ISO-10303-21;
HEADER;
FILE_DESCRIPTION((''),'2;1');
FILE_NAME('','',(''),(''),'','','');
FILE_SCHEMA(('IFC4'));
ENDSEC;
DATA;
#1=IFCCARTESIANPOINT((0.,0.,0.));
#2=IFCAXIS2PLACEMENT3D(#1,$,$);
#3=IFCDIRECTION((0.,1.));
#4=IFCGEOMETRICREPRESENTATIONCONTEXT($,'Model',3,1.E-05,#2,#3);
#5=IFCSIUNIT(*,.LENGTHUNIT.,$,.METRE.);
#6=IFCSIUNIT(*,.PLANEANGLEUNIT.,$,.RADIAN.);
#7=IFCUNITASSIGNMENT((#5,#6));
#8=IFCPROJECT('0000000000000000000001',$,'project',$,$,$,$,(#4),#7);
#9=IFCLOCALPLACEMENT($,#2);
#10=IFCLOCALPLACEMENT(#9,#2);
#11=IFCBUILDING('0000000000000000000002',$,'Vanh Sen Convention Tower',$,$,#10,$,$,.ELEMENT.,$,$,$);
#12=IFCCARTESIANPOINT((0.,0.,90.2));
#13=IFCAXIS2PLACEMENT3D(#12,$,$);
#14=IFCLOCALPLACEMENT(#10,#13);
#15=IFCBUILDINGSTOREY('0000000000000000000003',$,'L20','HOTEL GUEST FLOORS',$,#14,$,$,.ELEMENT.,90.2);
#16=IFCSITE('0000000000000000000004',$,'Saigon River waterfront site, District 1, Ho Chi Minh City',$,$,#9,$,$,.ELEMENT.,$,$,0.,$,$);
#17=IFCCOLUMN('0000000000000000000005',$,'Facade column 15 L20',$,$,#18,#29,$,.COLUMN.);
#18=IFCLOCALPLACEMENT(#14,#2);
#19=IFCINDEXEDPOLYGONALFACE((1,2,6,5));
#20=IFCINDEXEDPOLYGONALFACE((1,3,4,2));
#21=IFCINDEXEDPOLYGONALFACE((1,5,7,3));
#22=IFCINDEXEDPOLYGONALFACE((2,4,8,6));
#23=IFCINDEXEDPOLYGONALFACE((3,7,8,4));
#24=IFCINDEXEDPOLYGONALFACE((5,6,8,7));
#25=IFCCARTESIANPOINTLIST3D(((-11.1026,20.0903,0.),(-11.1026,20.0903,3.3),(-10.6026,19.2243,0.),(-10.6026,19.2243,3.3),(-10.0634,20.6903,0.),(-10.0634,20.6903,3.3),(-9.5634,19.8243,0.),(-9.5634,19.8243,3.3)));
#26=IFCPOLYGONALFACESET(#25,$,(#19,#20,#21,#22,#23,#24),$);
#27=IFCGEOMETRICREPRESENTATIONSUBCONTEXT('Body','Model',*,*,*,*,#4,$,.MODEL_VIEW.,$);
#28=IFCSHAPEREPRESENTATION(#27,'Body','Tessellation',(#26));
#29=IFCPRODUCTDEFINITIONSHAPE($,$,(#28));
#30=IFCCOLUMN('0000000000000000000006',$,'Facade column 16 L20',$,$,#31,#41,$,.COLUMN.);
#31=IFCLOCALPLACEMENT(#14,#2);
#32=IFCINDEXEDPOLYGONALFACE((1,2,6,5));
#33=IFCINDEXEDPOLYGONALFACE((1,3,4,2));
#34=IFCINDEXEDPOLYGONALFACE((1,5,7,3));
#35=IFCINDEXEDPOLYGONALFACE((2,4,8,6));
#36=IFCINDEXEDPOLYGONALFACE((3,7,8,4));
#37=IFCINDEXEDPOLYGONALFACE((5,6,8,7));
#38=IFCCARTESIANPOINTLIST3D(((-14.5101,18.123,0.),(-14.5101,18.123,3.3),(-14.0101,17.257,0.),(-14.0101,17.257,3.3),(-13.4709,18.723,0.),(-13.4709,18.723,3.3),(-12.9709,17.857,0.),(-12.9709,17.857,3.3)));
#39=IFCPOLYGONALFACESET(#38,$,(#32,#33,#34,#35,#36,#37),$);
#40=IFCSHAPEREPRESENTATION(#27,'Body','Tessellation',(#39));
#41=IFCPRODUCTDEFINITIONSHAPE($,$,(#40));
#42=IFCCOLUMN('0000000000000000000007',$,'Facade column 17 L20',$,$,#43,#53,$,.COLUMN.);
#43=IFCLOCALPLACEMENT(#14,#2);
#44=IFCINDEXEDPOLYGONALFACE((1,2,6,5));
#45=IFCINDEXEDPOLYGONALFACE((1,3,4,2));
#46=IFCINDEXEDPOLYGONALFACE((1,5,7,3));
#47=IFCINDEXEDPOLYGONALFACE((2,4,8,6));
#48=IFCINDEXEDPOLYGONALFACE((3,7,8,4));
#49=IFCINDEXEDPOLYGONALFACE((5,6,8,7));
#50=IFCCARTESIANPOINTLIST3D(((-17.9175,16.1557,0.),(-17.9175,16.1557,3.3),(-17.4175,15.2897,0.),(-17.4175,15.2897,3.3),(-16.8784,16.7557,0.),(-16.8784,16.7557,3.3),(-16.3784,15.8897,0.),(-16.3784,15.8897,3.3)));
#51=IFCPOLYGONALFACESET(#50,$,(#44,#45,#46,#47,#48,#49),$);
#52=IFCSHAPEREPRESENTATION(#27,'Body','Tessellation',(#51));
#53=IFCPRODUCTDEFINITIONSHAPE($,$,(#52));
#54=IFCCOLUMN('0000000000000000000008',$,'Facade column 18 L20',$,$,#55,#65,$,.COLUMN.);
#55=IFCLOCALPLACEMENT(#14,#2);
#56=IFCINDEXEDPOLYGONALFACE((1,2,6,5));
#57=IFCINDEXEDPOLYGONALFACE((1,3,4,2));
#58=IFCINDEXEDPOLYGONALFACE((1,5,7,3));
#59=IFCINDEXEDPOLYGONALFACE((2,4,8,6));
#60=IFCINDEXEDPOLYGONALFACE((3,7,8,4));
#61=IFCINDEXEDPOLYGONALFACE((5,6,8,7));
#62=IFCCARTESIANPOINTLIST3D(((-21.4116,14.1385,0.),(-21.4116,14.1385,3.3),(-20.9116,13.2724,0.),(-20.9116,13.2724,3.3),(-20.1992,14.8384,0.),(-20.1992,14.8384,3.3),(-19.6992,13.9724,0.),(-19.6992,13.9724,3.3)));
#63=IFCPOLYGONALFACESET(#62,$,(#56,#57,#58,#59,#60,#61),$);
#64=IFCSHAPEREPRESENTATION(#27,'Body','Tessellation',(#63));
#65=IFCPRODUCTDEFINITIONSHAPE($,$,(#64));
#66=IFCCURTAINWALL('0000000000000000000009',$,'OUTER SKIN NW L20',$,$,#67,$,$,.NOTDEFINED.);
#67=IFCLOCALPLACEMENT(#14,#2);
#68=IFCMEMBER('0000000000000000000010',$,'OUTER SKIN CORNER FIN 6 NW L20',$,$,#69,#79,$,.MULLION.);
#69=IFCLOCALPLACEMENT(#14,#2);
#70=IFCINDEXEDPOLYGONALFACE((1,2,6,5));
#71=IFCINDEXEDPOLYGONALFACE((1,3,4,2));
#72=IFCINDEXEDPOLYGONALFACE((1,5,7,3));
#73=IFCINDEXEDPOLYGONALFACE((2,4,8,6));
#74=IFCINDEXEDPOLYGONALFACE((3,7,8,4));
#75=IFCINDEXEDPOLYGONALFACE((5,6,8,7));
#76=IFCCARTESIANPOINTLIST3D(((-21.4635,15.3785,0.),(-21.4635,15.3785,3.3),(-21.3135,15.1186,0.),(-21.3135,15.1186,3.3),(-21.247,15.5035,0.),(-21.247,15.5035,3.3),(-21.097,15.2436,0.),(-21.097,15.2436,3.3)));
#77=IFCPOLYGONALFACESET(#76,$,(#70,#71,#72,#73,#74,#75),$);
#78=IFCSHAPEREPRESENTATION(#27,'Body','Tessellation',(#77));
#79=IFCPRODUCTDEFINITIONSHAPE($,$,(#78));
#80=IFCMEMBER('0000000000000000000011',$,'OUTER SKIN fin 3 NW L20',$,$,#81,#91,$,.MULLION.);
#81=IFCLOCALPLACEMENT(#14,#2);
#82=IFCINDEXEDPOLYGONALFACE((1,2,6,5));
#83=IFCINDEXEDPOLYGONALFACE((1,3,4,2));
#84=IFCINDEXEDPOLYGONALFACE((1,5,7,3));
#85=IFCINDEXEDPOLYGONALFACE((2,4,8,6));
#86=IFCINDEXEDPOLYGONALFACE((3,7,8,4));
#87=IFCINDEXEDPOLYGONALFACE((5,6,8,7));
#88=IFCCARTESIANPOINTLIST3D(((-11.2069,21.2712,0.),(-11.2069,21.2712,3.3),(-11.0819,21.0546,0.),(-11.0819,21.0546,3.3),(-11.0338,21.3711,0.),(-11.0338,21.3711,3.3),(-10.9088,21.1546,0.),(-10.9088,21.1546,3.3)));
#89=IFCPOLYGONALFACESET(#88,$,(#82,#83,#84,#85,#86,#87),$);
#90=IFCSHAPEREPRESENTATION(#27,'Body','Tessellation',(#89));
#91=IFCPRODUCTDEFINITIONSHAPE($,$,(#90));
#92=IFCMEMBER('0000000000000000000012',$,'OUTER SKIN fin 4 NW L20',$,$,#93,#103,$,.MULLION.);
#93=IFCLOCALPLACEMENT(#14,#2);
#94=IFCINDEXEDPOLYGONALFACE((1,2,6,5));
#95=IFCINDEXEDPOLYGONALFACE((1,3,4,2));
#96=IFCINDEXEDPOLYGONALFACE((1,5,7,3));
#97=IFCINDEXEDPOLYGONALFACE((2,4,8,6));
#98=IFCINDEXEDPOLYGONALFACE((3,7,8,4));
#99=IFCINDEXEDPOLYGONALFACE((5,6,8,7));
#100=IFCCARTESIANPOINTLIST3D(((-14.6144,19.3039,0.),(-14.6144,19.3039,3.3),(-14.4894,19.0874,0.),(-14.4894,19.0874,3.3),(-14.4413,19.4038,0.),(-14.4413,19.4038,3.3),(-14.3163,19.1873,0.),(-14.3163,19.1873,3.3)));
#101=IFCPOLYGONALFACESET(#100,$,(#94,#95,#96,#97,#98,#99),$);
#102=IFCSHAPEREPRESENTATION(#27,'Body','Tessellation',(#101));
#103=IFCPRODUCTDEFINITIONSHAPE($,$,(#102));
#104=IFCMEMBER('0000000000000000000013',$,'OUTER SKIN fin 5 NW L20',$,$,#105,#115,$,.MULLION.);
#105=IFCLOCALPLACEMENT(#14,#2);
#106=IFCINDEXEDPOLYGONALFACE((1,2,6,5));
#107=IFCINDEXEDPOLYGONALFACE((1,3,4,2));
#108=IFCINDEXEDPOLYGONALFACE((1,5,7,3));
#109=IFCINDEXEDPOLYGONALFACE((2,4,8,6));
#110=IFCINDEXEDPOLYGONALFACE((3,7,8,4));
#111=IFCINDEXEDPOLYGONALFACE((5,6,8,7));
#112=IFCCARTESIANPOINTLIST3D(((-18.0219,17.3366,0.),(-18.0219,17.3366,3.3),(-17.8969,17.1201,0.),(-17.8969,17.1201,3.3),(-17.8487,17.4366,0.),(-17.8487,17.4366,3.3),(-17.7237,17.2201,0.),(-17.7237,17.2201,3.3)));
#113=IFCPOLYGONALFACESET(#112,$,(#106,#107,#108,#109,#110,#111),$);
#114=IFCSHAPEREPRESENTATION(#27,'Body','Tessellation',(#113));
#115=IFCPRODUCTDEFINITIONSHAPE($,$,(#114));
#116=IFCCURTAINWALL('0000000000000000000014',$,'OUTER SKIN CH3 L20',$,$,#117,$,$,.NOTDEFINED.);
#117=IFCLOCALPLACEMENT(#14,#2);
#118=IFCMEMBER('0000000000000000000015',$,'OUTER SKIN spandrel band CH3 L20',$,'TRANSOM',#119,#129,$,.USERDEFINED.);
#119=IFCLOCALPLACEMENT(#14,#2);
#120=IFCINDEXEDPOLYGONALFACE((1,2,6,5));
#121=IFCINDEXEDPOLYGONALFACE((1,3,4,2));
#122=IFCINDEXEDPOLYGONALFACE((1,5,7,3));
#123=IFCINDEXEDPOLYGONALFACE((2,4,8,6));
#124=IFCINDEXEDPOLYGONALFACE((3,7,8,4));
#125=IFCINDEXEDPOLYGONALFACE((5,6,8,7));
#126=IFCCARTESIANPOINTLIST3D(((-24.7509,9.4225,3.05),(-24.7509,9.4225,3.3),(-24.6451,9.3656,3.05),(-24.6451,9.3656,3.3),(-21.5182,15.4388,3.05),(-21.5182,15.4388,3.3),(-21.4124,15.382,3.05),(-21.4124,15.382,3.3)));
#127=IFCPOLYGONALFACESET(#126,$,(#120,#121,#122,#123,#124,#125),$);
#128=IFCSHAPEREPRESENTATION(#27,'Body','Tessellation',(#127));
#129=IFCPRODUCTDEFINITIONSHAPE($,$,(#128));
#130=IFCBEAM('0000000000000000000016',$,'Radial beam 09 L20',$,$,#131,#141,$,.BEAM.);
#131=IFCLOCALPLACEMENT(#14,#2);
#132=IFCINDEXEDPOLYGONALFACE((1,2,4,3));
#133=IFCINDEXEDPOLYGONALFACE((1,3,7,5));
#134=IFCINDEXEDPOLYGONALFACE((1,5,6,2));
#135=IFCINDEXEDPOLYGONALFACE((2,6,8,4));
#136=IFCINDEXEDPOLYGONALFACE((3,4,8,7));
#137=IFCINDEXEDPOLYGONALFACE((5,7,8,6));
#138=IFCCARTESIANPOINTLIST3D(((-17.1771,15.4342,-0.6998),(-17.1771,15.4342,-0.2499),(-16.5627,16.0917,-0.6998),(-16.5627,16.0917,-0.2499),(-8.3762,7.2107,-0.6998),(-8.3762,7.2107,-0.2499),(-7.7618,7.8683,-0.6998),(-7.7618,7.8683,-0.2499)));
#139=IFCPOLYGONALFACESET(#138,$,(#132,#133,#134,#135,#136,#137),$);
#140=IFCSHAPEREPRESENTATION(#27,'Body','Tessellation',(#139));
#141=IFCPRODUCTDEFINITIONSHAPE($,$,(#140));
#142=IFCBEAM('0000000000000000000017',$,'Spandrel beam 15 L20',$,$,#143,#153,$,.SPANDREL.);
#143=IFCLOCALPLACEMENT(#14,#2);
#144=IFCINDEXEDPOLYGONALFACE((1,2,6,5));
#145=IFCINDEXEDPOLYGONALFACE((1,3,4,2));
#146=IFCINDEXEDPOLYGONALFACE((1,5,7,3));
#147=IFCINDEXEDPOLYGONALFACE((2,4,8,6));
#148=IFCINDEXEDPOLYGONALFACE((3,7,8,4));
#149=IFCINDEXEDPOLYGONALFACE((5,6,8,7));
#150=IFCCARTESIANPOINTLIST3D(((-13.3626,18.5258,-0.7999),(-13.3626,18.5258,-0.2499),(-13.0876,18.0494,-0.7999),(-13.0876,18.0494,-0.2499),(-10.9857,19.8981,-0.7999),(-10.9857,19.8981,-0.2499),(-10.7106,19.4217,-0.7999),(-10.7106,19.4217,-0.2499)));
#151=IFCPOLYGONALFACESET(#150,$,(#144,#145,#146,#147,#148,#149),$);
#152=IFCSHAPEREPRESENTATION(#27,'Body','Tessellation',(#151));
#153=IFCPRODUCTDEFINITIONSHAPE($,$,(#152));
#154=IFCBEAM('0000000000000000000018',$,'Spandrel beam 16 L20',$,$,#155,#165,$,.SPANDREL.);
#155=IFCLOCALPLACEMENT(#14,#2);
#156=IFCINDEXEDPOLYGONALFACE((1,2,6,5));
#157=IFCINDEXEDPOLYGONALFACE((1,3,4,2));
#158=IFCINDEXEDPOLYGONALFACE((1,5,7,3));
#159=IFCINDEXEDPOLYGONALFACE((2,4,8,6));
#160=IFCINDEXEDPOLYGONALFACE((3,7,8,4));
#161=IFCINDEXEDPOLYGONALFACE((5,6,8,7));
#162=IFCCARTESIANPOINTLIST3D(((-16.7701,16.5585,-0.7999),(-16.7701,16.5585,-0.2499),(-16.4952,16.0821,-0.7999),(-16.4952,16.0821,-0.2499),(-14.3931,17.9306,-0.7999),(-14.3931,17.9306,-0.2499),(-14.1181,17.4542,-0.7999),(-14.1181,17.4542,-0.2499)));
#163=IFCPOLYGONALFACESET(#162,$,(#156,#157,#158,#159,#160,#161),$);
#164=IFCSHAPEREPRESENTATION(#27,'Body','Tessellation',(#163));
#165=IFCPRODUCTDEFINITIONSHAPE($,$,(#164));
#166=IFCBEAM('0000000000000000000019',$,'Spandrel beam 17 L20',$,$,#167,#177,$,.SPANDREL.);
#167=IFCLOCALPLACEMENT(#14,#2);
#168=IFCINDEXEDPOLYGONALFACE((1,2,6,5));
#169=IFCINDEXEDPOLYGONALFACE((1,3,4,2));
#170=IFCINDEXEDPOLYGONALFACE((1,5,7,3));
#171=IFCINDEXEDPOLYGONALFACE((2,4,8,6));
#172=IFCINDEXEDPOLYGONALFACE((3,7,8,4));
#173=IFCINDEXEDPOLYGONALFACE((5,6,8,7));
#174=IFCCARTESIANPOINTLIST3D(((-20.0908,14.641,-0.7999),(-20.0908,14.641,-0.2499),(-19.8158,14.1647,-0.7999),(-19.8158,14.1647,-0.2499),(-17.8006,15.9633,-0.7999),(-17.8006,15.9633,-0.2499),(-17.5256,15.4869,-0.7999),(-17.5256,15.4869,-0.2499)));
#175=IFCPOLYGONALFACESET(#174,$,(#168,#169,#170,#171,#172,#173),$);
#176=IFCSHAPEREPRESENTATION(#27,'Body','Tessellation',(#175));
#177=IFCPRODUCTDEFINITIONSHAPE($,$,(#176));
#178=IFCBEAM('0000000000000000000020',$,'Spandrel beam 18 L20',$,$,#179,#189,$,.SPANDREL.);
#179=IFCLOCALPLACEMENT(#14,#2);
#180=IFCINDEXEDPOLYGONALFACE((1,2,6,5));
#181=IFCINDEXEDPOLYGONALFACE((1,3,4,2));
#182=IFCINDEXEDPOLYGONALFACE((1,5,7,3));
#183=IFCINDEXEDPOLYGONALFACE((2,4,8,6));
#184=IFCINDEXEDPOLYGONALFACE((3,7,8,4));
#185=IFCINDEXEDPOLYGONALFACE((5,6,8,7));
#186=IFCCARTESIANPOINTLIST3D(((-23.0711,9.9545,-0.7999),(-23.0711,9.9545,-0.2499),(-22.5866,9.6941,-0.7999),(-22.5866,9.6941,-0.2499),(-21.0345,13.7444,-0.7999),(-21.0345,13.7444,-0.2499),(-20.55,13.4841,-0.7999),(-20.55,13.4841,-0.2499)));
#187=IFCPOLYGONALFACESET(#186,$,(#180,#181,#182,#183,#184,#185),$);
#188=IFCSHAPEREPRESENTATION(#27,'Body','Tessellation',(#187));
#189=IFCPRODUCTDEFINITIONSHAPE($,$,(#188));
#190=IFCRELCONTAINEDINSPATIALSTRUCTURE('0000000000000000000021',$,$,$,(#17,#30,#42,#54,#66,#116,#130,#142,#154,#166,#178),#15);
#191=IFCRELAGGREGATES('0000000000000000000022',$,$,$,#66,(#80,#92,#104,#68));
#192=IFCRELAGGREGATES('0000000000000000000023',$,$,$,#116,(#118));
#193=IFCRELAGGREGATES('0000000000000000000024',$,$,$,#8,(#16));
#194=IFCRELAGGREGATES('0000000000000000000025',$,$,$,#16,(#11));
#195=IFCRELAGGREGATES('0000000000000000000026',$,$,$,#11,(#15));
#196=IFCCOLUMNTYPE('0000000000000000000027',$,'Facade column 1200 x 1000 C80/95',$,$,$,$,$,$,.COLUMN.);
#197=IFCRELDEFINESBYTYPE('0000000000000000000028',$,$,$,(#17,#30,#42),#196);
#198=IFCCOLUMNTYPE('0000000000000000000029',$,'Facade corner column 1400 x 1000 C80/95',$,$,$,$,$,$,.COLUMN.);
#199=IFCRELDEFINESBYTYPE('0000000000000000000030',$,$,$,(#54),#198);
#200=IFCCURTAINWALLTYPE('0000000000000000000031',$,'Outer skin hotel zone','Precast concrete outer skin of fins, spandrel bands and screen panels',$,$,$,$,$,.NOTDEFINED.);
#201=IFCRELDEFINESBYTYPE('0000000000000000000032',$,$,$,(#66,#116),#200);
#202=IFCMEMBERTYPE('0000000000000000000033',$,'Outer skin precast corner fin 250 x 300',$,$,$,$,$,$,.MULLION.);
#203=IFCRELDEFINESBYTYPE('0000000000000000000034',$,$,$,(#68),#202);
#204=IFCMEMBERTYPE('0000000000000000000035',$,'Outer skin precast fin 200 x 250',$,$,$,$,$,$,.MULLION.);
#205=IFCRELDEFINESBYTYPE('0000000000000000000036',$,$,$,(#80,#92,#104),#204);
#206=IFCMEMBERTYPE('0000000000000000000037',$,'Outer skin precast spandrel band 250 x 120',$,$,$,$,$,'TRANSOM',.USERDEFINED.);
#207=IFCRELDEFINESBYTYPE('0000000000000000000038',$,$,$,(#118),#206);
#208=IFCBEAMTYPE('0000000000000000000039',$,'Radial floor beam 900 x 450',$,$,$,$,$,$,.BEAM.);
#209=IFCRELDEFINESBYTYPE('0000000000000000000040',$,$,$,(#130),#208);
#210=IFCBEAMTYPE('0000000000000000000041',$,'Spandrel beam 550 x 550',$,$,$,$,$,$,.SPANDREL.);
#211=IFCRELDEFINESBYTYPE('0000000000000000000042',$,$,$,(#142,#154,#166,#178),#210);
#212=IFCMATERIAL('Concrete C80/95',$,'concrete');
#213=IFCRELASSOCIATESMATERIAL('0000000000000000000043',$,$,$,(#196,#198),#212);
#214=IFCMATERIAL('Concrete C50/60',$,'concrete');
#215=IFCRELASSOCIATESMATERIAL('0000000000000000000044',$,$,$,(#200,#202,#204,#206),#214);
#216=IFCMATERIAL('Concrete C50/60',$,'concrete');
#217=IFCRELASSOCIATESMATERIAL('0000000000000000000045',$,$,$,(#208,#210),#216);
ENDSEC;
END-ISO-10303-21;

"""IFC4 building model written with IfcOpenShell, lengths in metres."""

from ifc_helpers import new_model, si_unit, direction, frame, origin, origin_2d, place, context, subcontext, project, spatial, rectangle, extrude, material, material_profile, profile_set, type_object, element, aggregate, save


model = new_model("IFC4")

# Units and contexts
model_context = context("Model", 3, precision=1e-05, world=origin(), true_north=direction((0.0, 1.0)))
body_context = subcontext(model_context, "Body", "Model", "MODEL_VIEW")
ifc_project = project(units=[si_unit("LENGTHUNIT", "METRE"), si_unit("PLANEANGLEUNIT", "RADIAN")], contexts=[model_context])

# Site, building, storey
site_placement = place(None, origin())
site = spatial("IfcSite", under=ifc_project, at=site_placement, Name="Saigon River waterfront site, District 1, Ho Chi Minh City", CompositionType="ELEMENT", RefElevation=0.0)
building_placement = place(site_placement, origin())
building = spatial("IfcBuilding", under=site, at=building_placement, Name="Vanh Sen Convention Tower", CompositionType="ELEMENT")
storey_placement = place(building_placement, frame((0.0, 0.0, 90.2)))
storey = spatial("IfcBuildingStorey", under=building, at=storey_placement, Name="L20", Description="HOTEL GUEST FLOORS", CompositionType="ELEMENT", Elevation=90.2)

# Columns
ifc_material_1 = material(Name="Concrete C80/95", Category="concrete")
ifc_material_profile_1 = material_profile(ifc_material_1, rectangle(XDim=1.2, YDim=1.0, at=origin_2d()), Name="RC 1200X1000")
ifc_profile_set_1 = profile_set([ifc_material_profile_1], Name="Concrete C80/95")
column_type_1 = type_object("IfcColumnType", Name="Facade column 1200 x 1000 C80/95", PredefinedType="COLUMN", material=ifc_profile_set_1)
for number, where, z_axis, x_axis, name in (
    (1, (-10.333, 19.9573, 0.0), (0.0, 0.0, 1.0), (-0.866025, -0.5, 0.0), "Facade column 15 L20"),
    (2, (-13.7405, 17.99, 0.0), (0.0, 0.0, 1.0), (-0.866025, -0.5, 0.0), "Facade column 16 L20"),
    (3, (-17.1479, 16.0227, 0.0), (0.0, 0.0, 1.0), (-0.866025, -0.5, 0.0), "Facade column 17 L20"),
):
    element("IfcColumn", number, at=place(storey_placement, frame(where, z_axis=z_axis, x_axis=x_axis)), inside=storey, type_object=column_type_1, Name=name, PredefinedType="COLUMN", context=body_context, shape_type="SweptSolid", body=[
        extrude(rectangle(XDim=1.2, YDim=1.0, at=origin_2d()), origin(), (0.0, 0.0, 1.0), 3.3),
    ])
ifc_material_profile_2 = material_profile(ifc_material_1, rectangle(XDim=1.3999, YDim=1.0, at=origin_2d()), Name="RC 1400X1000")
ifc_profile_set_2 = profile_set([ifc_material_profile_2], Name="Concrete C80/95")
column_type_2 = type_object("IfcColumnType", Name="Facade corner column 1400 x 1000 C80/95", PredefinedType="COLUMN", material=ifc_profile_set_2)
column_placement = place(storey_placement, frame((-20.5554, 14.0554, 0.0), z_axis=(0.0, 0.0, 1.0), x_axis=(-0.866025, -0.5, 0.0)))
element("IfcColumn", 4, at=column_placement, inside=storey, type_object=column_type_2, Name="Facade column 18 L20", PredefinedType="COLUMN", context=body_context, shape_type="SweptSolid", body=[
    extrude(rectangle(XDim=1.3999, YDim=1.0, at=origin_2d()), origin(), (0.0, 0.0, 1.0), 3.3),
])

# Curtain wall, members
ifc_material_2 = material(Name="Concrete C50/60", Category="concrete")
curtain_wall_type = type_object("IfcCurtainWallType", Name="Outer skin hotel zone", Description="Precast concrete outer skin of fins, spandrel bands and screen panels", PredefinedType="NOTDEFINED", material=ifc_material_2)
curtain_wall_1_placement = place(storey_placement, origin())
curtain_wall_1 = element("IfcCurtainWall", 5, at=curtain_wall_1_placement, inside=storey, type_object=curtain_wall_type, Name="OUTER SKIN NW L20", PredefinedType="NOTDEFINED")
ifc_material_profile_3 = material_profile(ifc_material_2, rectangle(XDim=0.25, YDim=0.3, at=origin_2d()), Name="Outer skin precast corner fin 250 x 300")
ifc_profile_set_3 = profile_set([ifc_material_profile_3], Name="Concrete C50/60")
member_type_1 = type_object("IfcMemberType", Name="Outer skin precast corner fin 250 x 300", PredefinedType="MULLION", material=ifc_profile_set_3)
member_1_placement = place(storey_placement, frame((-21.2803, 15.311, 0.0), z_axis=(0.0, 0.0, 1.0), x_axis=(-0.866025, -0.5, 0.0)))
member_1 = element("IfcMember", 6, at=member_1_placement, type_object=member_type_1, Name="OUTER SKIN CORNER FIN 6 NW L20", PredefinedType="MULLION", context=body_context, shape_type="SweptSolid", body=[
    extrude(rectangle(XDim=0.25, YDim=0.3, at=origin_2d()), origin(), (0.0, 0.0, 1.0), 3.3),
])
ifc_material_profile_4 = material_profile(ifc_material_2, rectangle(XDim=0.2, YDim=0.25, at=origin_2d()), Name="Outer skin precast fin 200 x 250")
ifc_profile_set_4 = profile_set([ifc_material_profile_4], Name="Concrete C50/60")
member_type_2 = type_object("IfcMemberType", Name="Outer skin precast fin 200 x 250", PredefinedType="MULLION", material=ifc_profile_set_4)
member_2_placement = place(storey_placement, frame((-11.0579, 21.2129, 0.0), z_axis=(0.0, 0.0, 1.0), x_axis=(-0.866025, -0.5, 0.0)))
member_2 = element("IfcMember", 7, at=member_2_placement, type_object=member_type_2, Name="OUTER SKIN fin 3 NW L20", PredefinedType="MULLION", context=body_context, shape_type="SweptSolid", body=[
    extrude(rectangle(XDim=0.2, YDim=0.25, at=origin_2d()), origin(), (0.0, 0.0, 1.0), 3.3),
])
member_3_placement = place(storey_placement, frame((-14.4653, 19.2456, 0.0), z_axis=(0.0, 0.0, 1.0), x_axis=(-0.866025, -0.5, 0.0)))
member_3 = element("IfcMember", 8, at=member_3_placement, type_object=member_type_2, Name="OUTER SKIN fin 4 NW L20", PredefinedType="MULLION", context=body_context, shape_type="SweptSolid", body=[
    extrude(rectangle(XDim=0.2, YDim=0.25, at=origin_2d()), origin(), (0.0, 0.0, 1.0), 3.3),
])
member_4_placement = place(storey_placement, frame((-17.8728, 17.2783, 0.0), z_axis=(0.0, 0.0, 1.0), x_axis=(-0.866025, -0.5, 0.0)))
member_4 = element("IfcMember", 9, at=member_4_placement, type_object=member_type_2, Name="OUTER SKIN fin 5 NW L20", PredefinedType="MULLION", context=body_context, shape_type="SweptSolid", body=[
    extrude(rectangle(XDim=0.2, YDim=0.25, at=origin_2d()), origin(), (0.0, 0.0, 1.0), 3.3),
])

# Curtain wall, member
curtain_wall_2_placement = place(storey_placement, origin())
curtain_wall_2 = element("IfcCurtainWall", 10, at=curtain_wall_2_placement, inside=storey, type_object=curtain_wall_type, Name="OUTER SKIN CH3 L20", PredefinedType="NOTDEFINED")
ifc_material_profile_5 = material_profile(ifc_material_2, rectangle(XDim=0.1201, YDim=0.25, at=origin_2d()), Name="Outer skin precast spandrel band 250 x 120")
ifc_profile_set_5 = profile_set([ifc_material_profile_5], Name="Concrete C50/60")
member_type_3 = type_object("IfcMemberType", Name="Outer skin precast spandrel band 250 x 120", ElementType="TRANSOM", PredefinedType="USERDEFINED", material=ifc_profile_set_5)
member_5_placement = place(storey_placement, frame((-21.4653, 15.4104, 3.175), z_axis=(-0.473315, -0.880893, 0.0), x_axis=(0.880893, -0.473315, 0.0)))
member_5 = element("IfcMember", 11, at=member_5_placement, type_object=member_type_3, Name="OUTER SKIN spandrel band CH3 L20", ObjectType="TRANSOM", PredefinedType="USERDEFINED", context=body_context, shape_type="SweptSolid", body=[
    extrude(rectangle(XDim=0.1201, YDim=0.25, at=origin_2d()), origin(), (0.0, 0.0, 1.0), 6.8298),
])

# Beams
ifc_material_3 = material(Name="Concrete C50/60", Category="concrete")
ifc_material_profile_6 = material_profile(ifc_material_3, rectangle(XDim=0.8999, YDim=0.45, at=origin_2d()), Name="RC 900X450")
ifc_profile_set_6 = profile_set([ifc_material_profile_6], Name="Concrete C50/60")
beam_type_1 = type_object("IfcBeamType", Name="Radial floor beam 900 x 450", PredefinedType="BEAM", material=ifc_profile_set_6)
beam_1_placement = place(storey_placement, frame((-16.8699, 15.7629, -0.4749), z_axis=(0.730669, -0.682732, 0.0), x_axis=(0.682732, 0.730669, 0.0)))
element("IfcBeam", 12, at=beam_1_placement, inside=storey, type_object=beam_type_1, Name="Radial beam 09 L20", PredefinedType="BEAM", context=body_context, shape_type="SweptSolid", body=[
    extrude(rectangle(XDim=0.8999, YDim=0.45, at=origin_2d()), origin(), (0.0, 0.0, 1.0), 12.0449),
])
ifc_material_profile_7 = material_profile(ifc_material_3, rectangle(XDim=0.55, YDim=0.55, at=origin_2d()), Name="RC 550X550")
ifc_profile_set_7 = profile_set([ifc_material_profile_7], Name="Concrete C50/60")
beam_type_2 = type_object("IfcBeamType", Name="Spandrel beam 550 x 550", PredefinedType="SPANDREL", material=ifc_profile_set_7)
for number, where, z_axis, x_axis, name in (
    (13, (-10.8481, 19.6599, -0.5249), (-0.866029, -0.499995, 0.0), (0.499995, -0.866029, 0.0), "Spandrel beam 15 L20"),
    (14, (-14.2556, 17.6924, -0.5249), (-0.866067, -0.499928, 0.0), (0.499928, -0.866067, 0.0), "Spandrel beam 16 L20"),
):
    element("IfcBeam", number, at=place(storey_placement, frame(where, z_axis=z_axis, x_axis=x_axis)), inside=storey, type_object=beam_type_2, Name=name, PredefinedType="SPANDREL", context=body_context, shape_type="SweptSolid", body=[
        extrude(rectangle(XDim=0.55, YDim=0.55, at=origin_2d()), origin(), (0.0, 0.0, 1.0), 2.7446),
    ])
beam_2_placement = place(storey_placement, frame((-17.6631, 15.7251, -0.5249), z_axis=(-0.86603, -0.499991, 0.0), x_axis=(0.499991, -0.86603, 0.0)))
element("IfcBeam", 15, at=beam_2_placement, inside=storey, type_object=beam_type_2, Name="Spandrel beam 17 L20", PredefinedType="SPANDREL", context=body_context, shape_type="SweptSolid", body=[
    extrude(rectangle(XDim=0.55, YDim=0.55, at=origin_2d()), origin(), (0.0, 0.0, 1.0), 2.6445),
])
beam_3_placement = place(storey_placement, frame((-20.7922, 13.6143, -0.5249), z_axis=(-0.473348, -0.880875, 0.0), x_axis=(0.880875, -0.473348, 0.0)))
element("IfcBeam", 16, at=beam_3_placement, inside=storey, type_object=beam_type_2, Name="Spandrel beam 18 L20", PredefinedType="SPANDREL", context=body_context, shape_type="SweptSolid", body=[
    extrude(rectangle(XDim=0.55, YDim=0.55, at=origin_2d()), origin(), (0.0, 0.0, 1.0), 4.3025),
])

aggregate(curtain_wall_1, [member_2, member_3, member_4, member_1])
aggregate(curtain_wall_2, [member_5])

save(model, "model.ifc")
